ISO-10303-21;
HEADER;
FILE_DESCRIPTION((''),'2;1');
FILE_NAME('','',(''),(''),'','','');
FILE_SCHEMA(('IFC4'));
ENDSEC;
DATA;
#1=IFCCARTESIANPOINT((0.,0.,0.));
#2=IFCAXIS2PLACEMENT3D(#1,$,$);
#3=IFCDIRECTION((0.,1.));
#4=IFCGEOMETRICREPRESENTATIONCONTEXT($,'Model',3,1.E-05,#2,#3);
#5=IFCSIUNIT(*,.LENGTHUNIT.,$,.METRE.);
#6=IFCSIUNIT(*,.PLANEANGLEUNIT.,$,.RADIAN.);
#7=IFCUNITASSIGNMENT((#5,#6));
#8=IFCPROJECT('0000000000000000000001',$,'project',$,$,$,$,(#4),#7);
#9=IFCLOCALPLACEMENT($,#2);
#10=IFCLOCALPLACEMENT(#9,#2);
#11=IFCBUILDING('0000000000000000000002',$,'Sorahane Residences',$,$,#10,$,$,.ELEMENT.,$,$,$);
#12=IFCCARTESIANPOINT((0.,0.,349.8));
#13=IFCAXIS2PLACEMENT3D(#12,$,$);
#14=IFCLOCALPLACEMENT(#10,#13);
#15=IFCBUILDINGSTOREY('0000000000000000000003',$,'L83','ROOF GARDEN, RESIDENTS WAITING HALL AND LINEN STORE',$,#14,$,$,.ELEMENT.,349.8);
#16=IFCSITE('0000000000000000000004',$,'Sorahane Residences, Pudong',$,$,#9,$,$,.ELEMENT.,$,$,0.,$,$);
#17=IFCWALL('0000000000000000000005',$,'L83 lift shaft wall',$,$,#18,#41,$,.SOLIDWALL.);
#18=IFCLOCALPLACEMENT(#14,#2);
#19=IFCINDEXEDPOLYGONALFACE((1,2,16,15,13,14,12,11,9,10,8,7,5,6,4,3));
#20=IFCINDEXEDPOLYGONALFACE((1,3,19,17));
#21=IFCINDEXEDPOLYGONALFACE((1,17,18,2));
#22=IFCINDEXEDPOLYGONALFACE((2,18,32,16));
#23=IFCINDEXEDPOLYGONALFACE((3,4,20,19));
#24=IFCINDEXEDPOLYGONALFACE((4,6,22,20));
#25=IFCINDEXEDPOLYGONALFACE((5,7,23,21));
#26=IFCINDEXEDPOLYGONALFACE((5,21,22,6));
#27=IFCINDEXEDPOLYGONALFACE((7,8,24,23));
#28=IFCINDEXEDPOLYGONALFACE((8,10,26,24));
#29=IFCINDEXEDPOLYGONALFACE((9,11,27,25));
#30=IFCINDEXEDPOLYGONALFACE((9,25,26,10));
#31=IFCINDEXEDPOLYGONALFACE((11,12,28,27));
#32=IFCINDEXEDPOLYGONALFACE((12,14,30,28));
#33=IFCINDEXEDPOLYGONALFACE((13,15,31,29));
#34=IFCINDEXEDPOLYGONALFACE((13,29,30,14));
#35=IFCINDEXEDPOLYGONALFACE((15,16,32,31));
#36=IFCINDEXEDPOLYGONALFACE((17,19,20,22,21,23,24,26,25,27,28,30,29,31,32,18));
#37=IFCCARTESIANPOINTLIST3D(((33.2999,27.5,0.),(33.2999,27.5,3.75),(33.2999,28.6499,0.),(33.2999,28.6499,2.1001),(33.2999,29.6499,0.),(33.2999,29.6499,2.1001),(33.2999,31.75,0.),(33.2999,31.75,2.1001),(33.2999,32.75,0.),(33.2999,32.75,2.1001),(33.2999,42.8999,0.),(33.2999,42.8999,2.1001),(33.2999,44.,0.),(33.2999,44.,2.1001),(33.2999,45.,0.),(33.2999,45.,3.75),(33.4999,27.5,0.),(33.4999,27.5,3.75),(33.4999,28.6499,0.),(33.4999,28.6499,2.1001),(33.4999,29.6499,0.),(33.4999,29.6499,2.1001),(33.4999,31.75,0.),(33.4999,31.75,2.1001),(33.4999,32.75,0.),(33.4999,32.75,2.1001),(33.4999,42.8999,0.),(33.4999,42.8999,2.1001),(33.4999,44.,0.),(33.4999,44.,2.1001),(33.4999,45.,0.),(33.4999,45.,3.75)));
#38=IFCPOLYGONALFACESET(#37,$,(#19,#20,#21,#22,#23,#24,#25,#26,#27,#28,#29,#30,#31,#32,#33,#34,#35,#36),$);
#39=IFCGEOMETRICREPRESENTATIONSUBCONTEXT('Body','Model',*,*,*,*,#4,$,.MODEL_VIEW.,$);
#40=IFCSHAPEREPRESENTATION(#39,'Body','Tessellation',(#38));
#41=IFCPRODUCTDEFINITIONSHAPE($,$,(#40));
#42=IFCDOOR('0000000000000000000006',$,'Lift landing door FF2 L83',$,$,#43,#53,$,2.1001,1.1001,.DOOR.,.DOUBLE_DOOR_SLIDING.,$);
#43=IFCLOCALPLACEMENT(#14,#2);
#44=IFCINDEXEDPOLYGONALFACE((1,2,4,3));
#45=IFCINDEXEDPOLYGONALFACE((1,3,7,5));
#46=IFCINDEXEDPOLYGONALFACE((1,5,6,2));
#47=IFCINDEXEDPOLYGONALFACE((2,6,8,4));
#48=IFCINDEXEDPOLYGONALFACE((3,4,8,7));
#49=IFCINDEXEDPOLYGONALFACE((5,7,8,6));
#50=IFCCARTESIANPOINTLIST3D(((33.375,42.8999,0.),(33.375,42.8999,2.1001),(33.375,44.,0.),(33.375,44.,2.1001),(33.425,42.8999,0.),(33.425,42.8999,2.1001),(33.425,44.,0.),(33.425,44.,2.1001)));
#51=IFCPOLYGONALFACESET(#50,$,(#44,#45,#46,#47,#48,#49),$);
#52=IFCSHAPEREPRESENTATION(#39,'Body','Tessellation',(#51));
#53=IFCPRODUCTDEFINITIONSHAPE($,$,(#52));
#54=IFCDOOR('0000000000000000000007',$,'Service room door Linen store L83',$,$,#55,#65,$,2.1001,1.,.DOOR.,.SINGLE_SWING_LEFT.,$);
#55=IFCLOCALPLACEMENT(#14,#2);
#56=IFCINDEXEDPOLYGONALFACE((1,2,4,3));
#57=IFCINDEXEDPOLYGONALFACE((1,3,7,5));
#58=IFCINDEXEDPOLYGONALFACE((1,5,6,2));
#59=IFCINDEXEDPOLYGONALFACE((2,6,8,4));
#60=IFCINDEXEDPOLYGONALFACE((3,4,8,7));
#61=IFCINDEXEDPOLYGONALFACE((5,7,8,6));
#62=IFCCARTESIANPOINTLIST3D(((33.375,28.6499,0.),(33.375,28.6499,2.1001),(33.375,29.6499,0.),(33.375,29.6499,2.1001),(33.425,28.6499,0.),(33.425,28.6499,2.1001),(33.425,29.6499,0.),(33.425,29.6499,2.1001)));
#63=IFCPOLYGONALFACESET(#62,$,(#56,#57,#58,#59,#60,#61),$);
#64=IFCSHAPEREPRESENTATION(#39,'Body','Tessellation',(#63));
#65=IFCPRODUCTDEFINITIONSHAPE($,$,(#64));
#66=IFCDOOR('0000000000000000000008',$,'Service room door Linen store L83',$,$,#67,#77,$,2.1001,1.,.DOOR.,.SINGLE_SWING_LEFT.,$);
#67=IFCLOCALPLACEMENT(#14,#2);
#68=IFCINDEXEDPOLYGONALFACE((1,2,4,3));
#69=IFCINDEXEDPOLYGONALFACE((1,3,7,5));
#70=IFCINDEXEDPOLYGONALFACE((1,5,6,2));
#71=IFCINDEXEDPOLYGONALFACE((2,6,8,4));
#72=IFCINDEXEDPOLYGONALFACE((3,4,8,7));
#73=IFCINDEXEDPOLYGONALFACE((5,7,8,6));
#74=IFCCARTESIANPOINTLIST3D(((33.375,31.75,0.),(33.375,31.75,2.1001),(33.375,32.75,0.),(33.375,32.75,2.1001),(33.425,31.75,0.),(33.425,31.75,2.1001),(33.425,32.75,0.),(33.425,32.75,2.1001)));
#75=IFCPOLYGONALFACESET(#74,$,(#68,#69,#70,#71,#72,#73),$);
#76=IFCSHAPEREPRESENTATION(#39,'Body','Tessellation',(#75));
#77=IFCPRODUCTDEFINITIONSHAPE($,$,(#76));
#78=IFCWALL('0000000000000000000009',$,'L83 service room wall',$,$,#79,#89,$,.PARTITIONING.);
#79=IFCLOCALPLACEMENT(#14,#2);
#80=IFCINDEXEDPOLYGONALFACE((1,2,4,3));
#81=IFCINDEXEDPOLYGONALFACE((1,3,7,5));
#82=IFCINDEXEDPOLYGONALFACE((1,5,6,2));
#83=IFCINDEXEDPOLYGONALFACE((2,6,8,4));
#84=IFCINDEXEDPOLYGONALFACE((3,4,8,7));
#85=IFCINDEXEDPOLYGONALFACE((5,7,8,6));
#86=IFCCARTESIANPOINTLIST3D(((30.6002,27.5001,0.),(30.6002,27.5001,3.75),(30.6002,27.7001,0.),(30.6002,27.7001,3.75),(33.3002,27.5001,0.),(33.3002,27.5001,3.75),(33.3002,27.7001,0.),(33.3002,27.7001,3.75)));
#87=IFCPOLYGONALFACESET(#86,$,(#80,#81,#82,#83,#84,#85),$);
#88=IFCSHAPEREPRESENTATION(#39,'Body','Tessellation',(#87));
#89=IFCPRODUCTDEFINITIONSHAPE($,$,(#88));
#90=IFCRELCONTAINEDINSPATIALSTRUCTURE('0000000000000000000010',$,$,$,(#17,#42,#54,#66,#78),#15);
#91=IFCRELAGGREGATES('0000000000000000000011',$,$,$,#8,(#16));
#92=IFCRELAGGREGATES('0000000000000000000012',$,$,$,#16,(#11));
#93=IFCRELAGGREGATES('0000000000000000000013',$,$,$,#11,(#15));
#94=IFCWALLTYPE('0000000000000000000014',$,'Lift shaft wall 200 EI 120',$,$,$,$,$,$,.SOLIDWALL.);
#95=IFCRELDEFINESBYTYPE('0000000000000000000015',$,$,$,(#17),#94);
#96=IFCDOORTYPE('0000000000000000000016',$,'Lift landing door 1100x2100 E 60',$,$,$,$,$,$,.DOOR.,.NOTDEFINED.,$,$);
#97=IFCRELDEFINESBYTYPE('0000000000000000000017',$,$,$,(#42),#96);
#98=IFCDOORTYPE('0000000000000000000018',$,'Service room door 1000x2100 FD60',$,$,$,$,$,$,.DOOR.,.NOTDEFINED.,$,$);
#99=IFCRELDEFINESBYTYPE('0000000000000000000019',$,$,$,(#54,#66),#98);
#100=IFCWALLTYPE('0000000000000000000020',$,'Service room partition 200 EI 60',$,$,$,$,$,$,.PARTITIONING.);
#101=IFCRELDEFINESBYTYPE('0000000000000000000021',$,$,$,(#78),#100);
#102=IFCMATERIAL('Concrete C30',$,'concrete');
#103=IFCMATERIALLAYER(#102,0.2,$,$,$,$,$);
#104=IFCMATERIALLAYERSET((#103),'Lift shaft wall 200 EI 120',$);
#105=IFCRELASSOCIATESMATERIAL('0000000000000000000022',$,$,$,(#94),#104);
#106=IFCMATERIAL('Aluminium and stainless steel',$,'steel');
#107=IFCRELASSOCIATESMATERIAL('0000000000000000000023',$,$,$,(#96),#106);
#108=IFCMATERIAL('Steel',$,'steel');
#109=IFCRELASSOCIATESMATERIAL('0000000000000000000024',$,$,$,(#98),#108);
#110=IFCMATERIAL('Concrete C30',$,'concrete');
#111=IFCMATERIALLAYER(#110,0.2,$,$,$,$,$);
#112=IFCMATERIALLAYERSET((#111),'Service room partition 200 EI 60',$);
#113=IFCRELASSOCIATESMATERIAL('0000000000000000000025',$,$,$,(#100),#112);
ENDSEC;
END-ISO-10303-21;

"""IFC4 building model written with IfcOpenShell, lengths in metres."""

from ifc_helpers import new_model, si_unit, direction, frame, frame_2d, origin, place, context, subcontext, project, spatial, rectangle, extrude, material, layer, layer_set, type_object, element, fill, save


model = new_model("IFC4")

# Units and contexts
model_context = context("Model", 3, precision=1e-05, world=origin(), true_north=direction((0.0, 1.0)))
body_context = subcontext(model_context, "Body", "Model", "MODEL_VIEW")
ifc_project = project(units=[si_unit("LENGTHUNIT", "METRE"), si_unit("PLANEANGLEUNIT", "RADIAN")], contexts=[model_context])

# Site, building, storey
site_placement = place(None, origin())
site = spatial("IfcSite", under=ifc_project, at=site_placement, Name="Sorahane Residences, Pudong", CompositionType="ELEMENT", RefElevation=0.0)
building_placement = place(site_placement, origin())
building = spatial("IfcBuilding", under=site, at=building_placement, Name="Sorahane Residences", CompositionType="ELEMENT")
storey_placement = place(building_placement, frame((0.0, 0.0, 349.8)))
storey = spatial("IfcBuildingStorey", under=building, at=storey_placement, Name="L83", Description="ROOF GARDEN, RESIDENTS WAITING HALL AND LINEN STORE", CompositionType="ELEMENT", Elevation=349.8)

# Wall, openings, doors
ifc_material_1 = material(Name="Concrete C30", Category="concrete")
ifc_layer_1 = layer(ifc_material_1, 0.2)
ifc_layer_set_1 = layer_set([ifc_layer_1], Name="Lift shaft wall 200 EI 120")
wall_type_1 = type_object("IfcWallType", Name="Lift shaft wall 200 EI 120", PredefinedType="SOLIDWALL", material=ifc_layer_set_1)
wall_1_placement = place(storey_placement, frame((33.3999, 27.5, 0.0), z_axis=(0.0, 0.0, 1.0), x_axis=(0.0, 1.0, 0.0)))
wall_1 = element("IfcWall", 1, at=wall_1_placement, inside=storey, type_object=wall_type_1, Name="L83 lift shaft wall", PredefinedType="SOLIDWALL", context=body_context, shape_type="SweptSolid", body=[
    extrude(rectangle(XDim=17.5, YDim=0.2, at=frame_2d((8.75, 0.0))), origin(), (0.0, 0.0, 1.0), 3.75),
])
opening_1_placement = place(wall_1_placement, frame((15.3999, 0.0, 0.0)))
opening_1 = element("IfcOpeningElement", 2, at=opening_1_placement, cuts=wall_1, PredefinedType="OPENING", context=body_context, shape_type="SweptSolid", body=[
    extrude(rectangle(XDim=1.1001, YDim=2.1001, at=frame_2d((0.55, 1.05))), frame((0.0, 0.1099, 0.0), z_axis=(0.0, -1.0, 0.0), x_axis=(1.0, 0.0, 0.0)), (0.0, 0.0, 1.0), 0.22),
])
opening_2_placement = place(wall_1_placement, frame((1.1499, 0.0, 0.0)))
opening_2 = element("IfcOpeningElement", 3, at=opening_2_placement, cuts=wall_1, PredefinedType="OPENING", context=body_context, shape_type="SweptSolid", body=[
    extrude(rectangle(XDim=1.0, YDim=2.1001, at=frame_2d((0.5, 1.05))), frame((0.0, 0.1099, 0.0), z_axis=(0.0, -1.0, 0.0), x_axis=(1.0, 0.0, 0.0)), (0.0, 0.0, 1.0), 0.22),
])
opening_3_placement = place(wall_1_placement, frame((4.25, 0.0, 0.0)))
opening_3 = element("IfcOpeningElement", 4, at=opening_3_placement, cuts=wall_1, PredefinedType="OPENING", context=body_context, shape_type="SweptSolid", body=[
    extrude(rectangle(XDim=1.0, YDim=2.1001, at=frame_2d((0.5, 1.05))), frame((0.0, 0.1099, 0.0), z_axis=(0.0, -1.0, 0.0), x_axis=(1.0, 0.0, 0.0)), (0.0, 0.0, 1.0), 0.22),
])
ifc_material_2 = material(Name="Aluminium and stainless steel", Category="steel")
door_type_1 = type_object("IfcDoorType", Name="Lift landing door 1100x2100 E 60", OperationType="NOTDEFINED", PredefinedType="DOOR", material=ifc_material_2)
door_1_placement = place(opening_1_placement, origin())
door_1 = element("IfcDoor", 5, at=door_1_placement, inside=storey, type_object=door_type_1, Name="Lift landing door FF2 L83", OperationType="DOUBLE_DOOR_SLIDING", OverallHeight=2.1001, OverallWidth=1.1001, PredefinedType="DOOR", context=body_context, shape_type="SweptSolid", body=[
    extrude(rectangle(XDim=1.1001, YDim=2.1001, at=frame_2d((0.55, 1.05))), frame((0.0, 0.0249, 0.0), z_axis=(0.0, -1.0, 0.0), x_axis=(1.0, 0.0, 0.0)), (0.0, 0.0, 1.0), 0.05),
])
fill(opening_1, door_1)
ifc_material_3 = material(Name="Steel", Category="steel")
door_type_2 = type_object("IfcDoorType", Name="Service room door 1000x2100 FD60", OperationType="NOTDEFINED", PredefinedType="DOOR", material=ifc_material_3)
door_2_placement = place(opening_2_placement, origin())
door_2 = element("IfcDoor", 6, at=door_2_placement, inside=storey, type_object=door_type_2, Name="Service room door Linen store L83", OperationType="SINGLE_SWING_LEFT", OverallHeight=2.1001, OverallWidth=1.0, PredefinedType="DOOR", context=body_context, shape_type="SweptSolid", body=[
    extrude(rectangle(XDim=1.0, YDim=2.1001, at=frame_2d((0.5, 1.05))), frame((0.0, 0.0249, 0.0), z_axis=(0.0, -1.0, 0.0), x_axis=(1.0, 0.0, 0.0)), (0.0, 0.0, 1.0), 0.05),
])
fill(opening_2, door_2)
door_3_placement = place(opening_3_placement, origin())
door_3 = element("IfcDoor", 7, at=door_3_placement, inside=storey, type_object=door_type_2, Name="Service room door Linen store L83", OperationType="SINGLE_SWING_LEFT", OverallHeight=2.1001, OverallWidth=1.0, PredefinedType="DOOR", context=body_context, shape_type="SweptSolid", body=[
    extrude(rectangle(XDim=1.0, YDim=2.1001, at=frame_2d((0.5, 1.05))), frame((0.0, 0.0249, 0.0), z_axis=(0.0, -1.0, 0.0), x_axis=(1.0, 0.0, 0.0)), (0.0, 0.0, 1.0), 0.05),
])
fill(opening_3, door_3)

# Wall
ifc_material_4 = material(Name="Concrete C30", Category="concrete")
ifc_layer_2 = layer(ifc_material_4, 0.2)
ifc_layer_set_2 = layer_set([ifc_layer_2], Name="Service room partition 200 EI 60")
wall_type_2 = type_object("IfcWallType", Name="Service room partition 200 EI 60", PredefinedType="PARTITIONING", material=ifc_layer_set_2)
wall_2_placement = place(storey_placement, frame((30.6001, 27.6001, 0.0), z_axis=(0.0, 0.0, 1.0), x_axis=(1.0, 0.0, 0.0)))
element("IfcWall", 8, at=wall_2_placement, inside=storey, type_object=wall_type_2, Name="L83 service room wall", PredefinedType="PARTITIONING", context=body_context, shape_type="SweptSolid", body=[
    extrude(rectangle(XDim=2.7, YDim=0.2, at=frame_2d((1.3501, 0.0))), origin(), (0.0, 0.0, 1.0), 3.75),
])

save(model, "model.ifc")
